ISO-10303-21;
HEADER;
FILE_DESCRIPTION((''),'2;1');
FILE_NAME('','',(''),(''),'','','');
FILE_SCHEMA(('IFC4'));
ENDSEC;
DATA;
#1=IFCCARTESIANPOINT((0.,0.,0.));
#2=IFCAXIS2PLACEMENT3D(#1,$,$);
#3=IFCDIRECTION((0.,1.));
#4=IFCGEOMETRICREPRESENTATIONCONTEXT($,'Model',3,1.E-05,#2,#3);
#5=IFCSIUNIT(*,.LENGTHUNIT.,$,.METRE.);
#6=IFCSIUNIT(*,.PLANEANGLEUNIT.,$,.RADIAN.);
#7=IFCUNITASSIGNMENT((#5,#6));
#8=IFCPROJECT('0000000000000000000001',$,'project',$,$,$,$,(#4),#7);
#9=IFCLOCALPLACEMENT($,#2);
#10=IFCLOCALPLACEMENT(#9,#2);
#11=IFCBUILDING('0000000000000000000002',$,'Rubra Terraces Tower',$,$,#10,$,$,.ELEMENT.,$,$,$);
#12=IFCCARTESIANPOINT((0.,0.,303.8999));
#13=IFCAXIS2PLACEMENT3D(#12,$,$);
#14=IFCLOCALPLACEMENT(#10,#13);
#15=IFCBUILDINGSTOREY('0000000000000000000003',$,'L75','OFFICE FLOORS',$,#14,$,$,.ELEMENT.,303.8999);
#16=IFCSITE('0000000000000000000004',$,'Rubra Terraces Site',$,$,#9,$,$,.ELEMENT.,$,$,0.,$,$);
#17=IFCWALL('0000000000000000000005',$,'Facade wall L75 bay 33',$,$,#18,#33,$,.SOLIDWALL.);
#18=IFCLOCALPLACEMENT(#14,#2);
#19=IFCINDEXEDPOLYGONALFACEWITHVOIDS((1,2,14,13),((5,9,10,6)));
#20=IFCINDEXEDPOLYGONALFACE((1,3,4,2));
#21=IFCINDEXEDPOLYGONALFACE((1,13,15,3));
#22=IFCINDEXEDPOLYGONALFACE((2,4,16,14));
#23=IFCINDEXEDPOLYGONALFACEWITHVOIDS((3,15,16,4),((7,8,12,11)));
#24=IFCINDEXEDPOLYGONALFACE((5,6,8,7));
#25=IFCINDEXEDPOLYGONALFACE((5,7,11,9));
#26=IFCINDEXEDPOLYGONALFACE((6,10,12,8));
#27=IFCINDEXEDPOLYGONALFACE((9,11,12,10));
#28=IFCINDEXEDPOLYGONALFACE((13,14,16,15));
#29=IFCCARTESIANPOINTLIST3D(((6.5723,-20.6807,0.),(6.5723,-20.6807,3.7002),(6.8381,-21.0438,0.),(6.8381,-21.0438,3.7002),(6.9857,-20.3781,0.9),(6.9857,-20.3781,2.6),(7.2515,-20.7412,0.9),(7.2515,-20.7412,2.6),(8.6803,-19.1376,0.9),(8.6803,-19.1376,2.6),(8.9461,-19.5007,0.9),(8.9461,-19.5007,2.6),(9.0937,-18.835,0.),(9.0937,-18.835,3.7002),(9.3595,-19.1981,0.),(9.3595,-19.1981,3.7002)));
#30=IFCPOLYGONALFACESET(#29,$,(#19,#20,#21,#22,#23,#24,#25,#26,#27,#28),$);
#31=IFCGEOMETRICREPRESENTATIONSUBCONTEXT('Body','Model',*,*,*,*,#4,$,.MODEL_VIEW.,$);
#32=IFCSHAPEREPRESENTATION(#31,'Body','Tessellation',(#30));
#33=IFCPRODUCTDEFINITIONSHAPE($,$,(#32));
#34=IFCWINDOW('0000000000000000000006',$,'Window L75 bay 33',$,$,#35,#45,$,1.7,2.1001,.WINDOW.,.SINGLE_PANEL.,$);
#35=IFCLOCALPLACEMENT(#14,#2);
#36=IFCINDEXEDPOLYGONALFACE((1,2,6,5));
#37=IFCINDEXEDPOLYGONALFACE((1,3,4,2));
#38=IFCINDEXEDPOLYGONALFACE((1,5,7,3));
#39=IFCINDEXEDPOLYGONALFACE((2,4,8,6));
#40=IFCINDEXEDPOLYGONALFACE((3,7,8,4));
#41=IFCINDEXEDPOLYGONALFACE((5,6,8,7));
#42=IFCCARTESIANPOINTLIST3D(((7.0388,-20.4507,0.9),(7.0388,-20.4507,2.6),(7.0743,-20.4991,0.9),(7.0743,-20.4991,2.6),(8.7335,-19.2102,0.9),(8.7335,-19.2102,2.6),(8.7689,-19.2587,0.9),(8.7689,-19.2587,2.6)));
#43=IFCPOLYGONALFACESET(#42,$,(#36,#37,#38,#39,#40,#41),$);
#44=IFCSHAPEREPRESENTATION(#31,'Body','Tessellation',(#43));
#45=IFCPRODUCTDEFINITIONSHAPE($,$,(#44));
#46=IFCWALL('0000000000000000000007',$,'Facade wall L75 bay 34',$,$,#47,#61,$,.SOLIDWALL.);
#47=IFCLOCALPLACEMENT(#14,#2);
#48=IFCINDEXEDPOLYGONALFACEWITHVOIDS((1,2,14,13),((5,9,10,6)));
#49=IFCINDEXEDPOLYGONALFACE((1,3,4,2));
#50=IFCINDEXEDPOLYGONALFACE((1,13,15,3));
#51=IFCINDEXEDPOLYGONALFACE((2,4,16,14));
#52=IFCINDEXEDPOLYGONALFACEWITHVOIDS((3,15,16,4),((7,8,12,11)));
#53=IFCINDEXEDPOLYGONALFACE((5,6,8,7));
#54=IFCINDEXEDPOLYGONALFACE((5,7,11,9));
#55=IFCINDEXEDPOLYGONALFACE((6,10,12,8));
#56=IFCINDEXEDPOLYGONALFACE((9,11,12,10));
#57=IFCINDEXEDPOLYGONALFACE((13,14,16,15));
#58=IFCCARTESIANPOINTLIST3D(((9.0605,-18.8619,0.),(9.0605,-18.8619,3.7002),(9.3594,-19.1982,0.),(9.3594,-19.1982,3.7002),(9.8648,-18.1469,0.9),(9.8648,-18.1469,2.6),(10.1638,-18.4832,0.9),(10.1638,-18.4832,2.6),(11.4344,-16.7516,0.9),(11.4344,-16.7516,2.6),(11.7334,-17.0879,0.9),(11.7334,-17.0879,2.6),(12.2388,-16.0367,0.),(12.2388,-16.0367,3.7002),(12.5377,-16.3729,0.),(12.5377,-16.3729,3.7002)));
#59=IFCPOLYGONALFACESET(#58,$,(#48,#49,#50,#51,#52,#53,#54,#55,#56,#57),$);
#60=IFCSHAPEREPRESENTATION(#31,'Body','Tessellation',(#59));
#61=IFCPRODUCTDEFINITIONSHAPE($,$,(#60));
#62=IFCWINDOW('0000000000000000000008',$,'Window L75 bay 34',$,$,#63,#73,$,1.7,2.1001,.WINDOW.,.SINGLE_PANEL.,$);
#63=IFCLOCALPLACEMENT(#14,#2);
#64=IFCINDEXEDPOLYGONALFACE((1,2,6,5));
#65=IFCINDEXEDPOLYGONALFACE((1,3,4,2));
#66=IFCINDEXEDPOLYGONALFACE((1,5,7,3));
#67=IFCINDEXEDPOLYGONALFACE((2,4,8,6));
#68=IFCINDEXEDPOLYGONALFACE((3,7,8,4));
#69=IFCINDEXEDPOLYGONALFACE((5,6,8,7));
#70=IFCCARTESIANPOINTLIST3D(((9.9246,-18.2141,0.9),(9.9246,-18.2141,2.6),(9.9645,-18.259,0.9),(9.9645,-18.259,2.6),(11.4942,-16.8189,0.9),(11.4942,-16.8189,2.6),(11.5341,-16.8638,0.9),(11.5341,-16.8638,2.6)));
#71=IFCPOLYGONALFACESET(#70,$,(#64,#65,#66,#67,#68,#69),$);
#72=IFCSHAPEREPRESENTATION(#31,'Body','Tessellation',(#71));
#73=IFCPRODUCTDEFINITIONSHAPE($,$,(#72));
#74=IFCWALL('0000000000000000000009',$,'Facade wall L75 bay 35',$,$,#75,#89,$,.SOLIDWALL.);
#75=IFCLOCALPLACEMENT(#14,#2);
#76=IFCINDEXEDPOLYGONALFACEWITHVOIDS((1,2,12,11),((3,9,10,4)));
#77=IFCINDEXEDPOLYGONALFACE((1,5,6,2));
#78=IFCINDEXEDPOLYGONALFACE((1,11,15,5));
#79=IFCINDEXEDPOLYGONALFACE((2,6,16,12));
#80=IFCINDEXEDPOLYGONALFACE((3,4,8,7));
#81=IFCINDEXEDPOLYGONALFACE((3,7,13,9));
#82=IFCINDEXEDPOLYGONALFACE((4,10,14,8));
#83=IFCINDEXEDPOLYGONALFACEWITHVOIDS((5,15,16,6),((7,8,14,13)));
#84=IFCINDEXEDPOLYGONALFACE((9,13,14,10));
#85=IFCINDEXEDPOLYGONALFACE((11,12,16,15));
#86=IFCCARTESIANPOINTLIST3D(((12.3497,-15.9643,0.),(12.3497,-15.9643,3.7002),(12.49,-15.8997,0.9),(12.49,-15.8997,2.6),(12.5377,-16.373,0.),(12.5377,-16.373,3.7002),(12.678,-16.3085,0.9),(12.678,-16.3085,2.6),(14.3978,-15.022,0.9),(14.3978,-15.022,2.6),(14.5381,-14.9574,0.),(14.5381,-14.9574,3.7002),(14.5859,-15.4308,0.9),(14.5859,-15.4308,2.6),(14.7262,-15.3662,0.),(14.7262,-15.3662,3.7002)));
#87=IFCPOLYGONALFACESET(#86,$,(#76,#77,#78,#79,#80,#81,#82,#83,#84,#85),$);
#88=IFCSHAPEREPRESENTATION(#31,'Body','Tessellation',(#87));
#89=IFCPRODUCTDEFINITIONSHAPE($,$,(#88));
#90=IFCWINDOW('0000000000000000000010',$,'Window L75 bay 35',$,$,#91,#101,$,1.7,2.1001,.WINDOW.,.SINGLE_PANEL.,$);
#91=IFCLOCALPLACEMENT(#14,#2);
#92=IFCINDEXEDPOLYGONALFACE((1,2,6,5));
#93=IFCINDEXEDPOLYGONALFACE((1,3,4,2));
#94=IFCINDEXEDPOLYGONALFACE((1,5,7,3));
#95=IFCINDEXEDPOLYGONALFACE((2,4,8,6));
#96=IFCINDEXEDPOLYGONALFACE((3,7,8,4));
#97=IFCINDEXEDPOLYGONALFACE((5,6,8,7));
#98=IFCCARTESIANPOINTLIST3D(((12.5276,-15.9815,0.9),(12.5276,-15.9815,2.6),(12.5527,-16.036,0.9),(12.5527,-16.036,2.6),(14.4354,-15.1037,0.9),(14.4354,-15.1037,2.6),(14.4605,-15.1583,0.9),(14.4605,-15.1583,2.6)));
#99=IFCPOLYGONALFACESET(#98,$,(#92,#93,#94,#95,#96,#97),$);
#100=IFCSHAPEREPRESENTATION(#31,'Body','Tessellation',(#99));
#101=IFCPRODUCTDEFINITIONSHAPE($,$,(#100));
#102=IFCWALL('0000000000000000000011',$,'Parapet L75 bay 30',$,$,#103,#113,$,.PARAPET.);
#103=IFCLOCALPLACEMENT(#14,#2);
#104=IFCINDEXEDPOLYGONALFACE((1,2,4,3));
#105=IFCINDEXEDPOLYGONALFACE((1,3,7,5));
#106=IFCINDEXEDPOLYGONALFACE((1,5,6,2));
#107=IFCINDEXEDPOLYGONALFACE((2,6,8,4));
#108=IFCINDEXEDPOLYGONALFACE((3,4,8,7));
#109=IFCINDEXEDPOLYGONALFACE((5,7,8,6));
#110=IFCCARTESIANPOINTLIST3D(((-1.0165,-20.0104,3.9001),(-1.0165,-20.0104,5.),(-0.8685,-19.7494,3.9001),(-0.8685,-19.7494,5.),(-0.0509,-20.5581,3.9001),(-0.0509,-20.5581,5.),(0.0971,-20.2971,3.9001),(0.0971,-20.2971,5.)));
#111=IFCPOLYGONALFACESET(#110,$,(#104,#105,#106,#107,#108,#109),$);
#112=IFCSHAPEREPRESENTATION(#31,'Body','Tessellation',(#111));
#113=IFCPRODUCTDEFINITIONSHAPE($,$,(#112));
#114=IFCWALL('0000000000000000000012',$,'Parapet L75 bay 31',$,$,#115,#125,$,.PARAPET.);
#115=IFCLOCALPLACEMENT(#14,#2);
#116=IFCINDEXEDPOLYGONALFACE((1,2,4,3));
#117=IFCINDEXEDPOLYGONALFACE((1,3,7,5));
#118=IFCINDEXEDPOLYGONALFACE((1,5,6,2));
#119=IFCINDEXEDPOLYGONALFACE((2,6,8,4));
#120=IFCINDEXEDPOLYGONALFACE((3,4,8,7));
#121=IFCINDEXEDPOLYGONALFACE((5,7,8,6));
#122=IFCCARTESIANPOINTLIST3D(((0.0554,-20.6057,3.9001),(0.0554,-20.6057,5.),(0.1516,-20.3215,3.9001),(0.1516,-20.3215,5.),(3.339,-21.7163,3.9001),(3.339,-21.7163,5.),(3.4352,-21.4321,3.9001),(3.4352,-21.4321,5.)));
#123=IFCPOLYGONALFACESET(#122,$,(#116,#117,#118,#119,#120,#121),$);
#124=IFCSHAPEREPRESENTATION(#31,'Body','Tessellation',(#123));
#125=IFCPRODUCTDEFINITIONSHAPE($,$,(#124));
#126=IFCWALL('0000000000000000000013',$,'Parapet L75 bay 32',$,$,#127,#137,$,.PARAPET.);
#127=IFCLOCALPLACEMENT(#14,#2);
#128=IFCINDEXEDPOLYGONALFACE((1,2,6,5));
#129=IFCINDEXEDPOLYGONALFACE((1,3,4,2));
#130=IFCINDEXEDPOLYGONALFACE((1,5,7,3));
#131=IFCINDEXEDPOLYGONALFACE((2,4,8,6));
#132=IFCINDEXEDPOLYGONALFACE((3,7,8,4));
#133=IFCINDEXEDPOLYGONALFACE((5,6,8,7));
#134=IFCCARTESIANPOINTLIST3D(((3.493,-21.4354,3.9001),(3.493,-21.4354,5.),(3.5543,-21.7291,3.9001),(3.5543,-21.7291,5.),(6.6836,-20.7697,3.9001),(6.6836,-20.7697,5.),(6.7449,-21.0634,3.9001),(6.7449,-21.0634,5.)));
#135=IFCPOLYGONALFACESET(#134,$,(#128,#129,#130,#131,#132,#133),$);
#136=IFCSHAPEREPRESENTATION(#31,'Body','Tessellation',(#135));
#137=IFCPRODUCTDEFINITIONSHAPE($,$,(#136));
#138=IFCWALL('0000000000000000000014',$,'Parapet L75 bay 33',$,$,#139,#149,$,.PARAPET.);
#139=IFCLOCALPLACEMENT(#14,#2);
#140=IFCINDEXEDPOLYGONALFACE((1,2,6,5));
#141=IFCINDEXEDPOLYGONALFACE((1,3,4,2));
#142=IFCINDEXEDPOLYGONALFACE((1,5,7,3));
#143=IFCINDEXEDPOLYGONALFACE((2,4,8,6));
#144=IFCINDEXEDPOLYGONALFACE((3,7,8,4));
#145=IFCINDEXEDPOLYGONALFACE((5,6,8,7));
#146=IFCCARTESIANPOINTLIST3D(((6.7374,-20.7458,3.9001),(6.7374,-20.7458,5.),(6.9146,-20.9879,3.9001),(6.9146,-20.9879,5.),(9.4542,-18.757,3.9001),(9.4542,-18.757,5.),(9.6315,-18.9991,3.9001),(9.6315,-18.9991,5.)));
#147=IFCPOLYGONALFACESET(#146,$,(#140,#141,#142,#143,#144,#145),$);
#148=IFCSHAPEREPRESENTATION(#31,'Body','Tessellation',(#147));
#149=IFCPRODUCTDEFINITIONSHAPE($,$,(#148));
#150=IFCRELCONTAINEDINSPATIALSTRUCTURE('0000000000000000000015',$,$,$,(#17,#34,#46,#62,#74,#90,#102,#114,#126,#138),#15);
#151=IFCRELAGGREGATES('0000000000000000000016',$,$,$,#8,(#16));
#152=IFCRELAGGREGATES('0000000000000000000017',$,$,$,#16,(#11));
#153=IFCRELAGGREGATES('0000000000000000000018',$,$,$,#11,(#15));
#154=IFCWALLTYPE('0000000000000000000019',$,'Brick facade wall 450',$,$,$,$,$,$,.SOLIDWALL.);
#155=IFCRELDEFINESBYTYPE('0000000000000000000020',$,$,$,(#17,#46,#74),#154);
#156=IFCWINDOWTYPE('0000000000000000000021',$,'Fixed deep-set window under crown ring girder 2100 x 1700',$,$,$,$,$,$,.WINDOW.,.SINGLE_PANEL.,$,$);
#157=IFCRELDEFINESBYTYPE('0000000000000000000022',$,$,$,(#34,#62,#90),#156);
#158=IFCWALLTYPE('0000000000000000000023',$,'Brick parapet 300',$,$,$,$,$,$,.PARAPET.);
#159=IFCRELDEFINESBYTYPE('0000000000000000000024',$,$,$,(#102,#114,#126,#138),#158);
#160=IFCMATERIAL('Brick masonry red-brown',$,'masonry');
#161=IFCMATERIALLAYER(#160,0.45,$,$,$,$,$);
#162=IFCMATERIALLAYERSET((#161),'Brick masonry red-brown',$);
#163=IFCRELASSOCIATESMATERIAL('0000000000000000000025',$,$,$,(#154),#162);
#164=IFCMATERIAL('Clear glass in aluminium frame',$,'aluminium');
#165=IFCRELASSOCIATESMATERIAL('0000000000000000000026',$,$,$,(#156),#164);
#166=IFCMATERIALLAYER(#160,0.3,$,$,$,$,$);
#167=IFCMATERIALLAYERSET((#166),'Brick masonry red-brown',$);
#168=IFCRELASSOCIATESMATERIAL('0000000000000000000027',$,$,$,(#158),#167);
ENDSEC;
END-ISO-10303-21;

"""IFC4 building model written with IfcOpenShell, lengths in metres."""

from ifc_helpers import new_model, si_unit, direction, frame, frame_2d, origin, place, context, subcontext, project, spatial, rectangle, extrude, material, layer, layer_set, type_object, element, fill, save


model = new_model("IFC4")

# Units and contexts
model_context = context("Model", 3, precision=1e-05, world=origin(), true_north=direction((0.0, 1.0)))
body_context = subcontext(model_context, "Body", "Model", "MODEL_VIEW")
ifc_project = project(units=[si_unit("LENGTHUNIT", "METRE"), si_unit("PLANEANGLEUNIT", "RADIAN")], contexts=[model_context])

# Site, building, storey
site_placement = place(None, origin())
site = spatial("IfcSite", under=ifc_project, at=site_placement, Name="Rubra Terraces Site", CompositionType="ELEMENT", RefElevation=0.0)
building_placement = place(site_placement, origin())
building = spatial("IfcBuilding", under=site, at=building_placement, Name="Rubra Terraces Tower", CompositionType="ELEMENT")
storey_placement = place(building_placement, frame((0.0, 0.0, 303.8999)))
storey = spatial("IfcBuildingStorey", under=building, at=storey_placement, Name="L75", Description="OFFICE FLOORS", CompositionType="ELEMENT", Elevation=303.8999)

# Walls, openings, windows
ifc_material_1 = material(Name="Brick masonry red-brown", Category="masonry")
ifc_layer_1 = layer(ifc_material_1, 0.45)
ifc_layer_set_1 = layer_set([ifc_layer_1], Name="Brick masonry red-brown")
wall_type_1 = type_object("IfcWallType", Name="Brick facade wall 450", PredefinedType="SOLIDWALL", material=ifc_layer_set_1)
ifc_material_2 = material(Name="Clear glass in aluminium frame", Category="aluminium")
window_type = type_object("IfcWindowType", Name="Fixed deep-set window under crown ring girder 2100 x 1700", PartitioningType="SINGLE_PANEL", PredefinedType="WINDOW", material=ifc_material_2)
wall_1_placement = place(storey_placement, frame((6.7051, -20.8623, 0.0), z_axis=(0.0, 0.0, 1.0), x_axis=(0.806921, 0.590659, 0.0)))
wall_1 = element("IfcWall", 1, at=wall_1_placement, inside=storey, type_object=wall_type_1, Name="Facade wall L75 bay 33", PredefinedType="SOLIDWALL", context=body_context, shape_type="SweptSolid", body=[
    extrude(rectangle(XDim=3.1248, YDim=0.45, at=frame_2d((1.5625, 0.0))), origin(), (0.0, 0.0, 1.0), 3.7002),
])
opening_1_placement = place(wall_1_placement, frame((0.5125, 0.0, 0.8999)))
opening_1 = element("IfcOpeningElement", 2, at=opening_1_placement, cuts=wall_1, PredefinedType="OPENING", context=body_context, shape_type="SweptSolid", body=[
    extrude(rectangle(XDim=2.1001, YDim=1.7, at=frame_2d((1.05, 0.8501))), frame((0.0, 0.2349, 0.0), z_axis=(0.0, -1.0, 0.0), x_axis=(1.0, 0.0, 0.0)), (0.0, 0.0, 1.0), 0.47),
])
window_1_placement = place(opening_1_placement, origin())
window_1 = element("IfcWindow", 3, at=window_1_placement, inside=storey, type_object=window_type, Name="Window L75 bay 33", OverallHeight=1.7, OverallWidth=2.1001, PartitioningType="SINGLE_PANEL", PredefinedType="WINDOW", context=body_context, shape_type="SweptSolid", body=[
    extrude(rectangle(XDim=2.1001, YDim=1.7, at=frame_2d((1.05, 0.8501))), frame((0.0, 0.135, 0.0), z_axis=(0.0, -1.0, 0.0), x_axis=(1.0, 0.0, 0.0)), (0.0, 0.0, 1.0), 0.0601),
])
fill(opening_1, window_1)
wall_2_placement = place(storey_placement, frame((9.21, -19.03, 0.0), z_axis=(0.0, 0.0, 1.0), x_axis=(0.747397, 0.664378, 0.0)))
wall_2 = element("IfcWall", 4, at=wall_2_placement, inside=storey, type_object=wall_type_1, Name="Facade wall L75 bay 34", PredefinedType="SOLIDWALL", context=body_context, shape_type="SweptSolid", body=[
    extrude(rectangle(XDim=4.2524, YDim=0.45, at=frame_2d((2.1262, 0.0))), origin(), (0.0, 0.0, 1.0), 3.7002),
])
opening_2_placement = place(wall_2_placement, frame((1.0762, 0.0, 0.8999)))
opening_2 = element("IfcOpeningElement", 5, at=opening_2_placement, cuts=wall_2, PredefinedType="OPENING", context=body_context, shape_type="SweptSolid", body=[
    extrude(rectangle(XDim=2.1001, YDim=1.7, at=frame_2d((1.05, 0.8501))), frame((0.0, 0.2349, 0.0), z_axis=(0.0, -1.0, 0.0), x_axis=(1.0, 0.0, 0.0)), (0.0, 0.0, 1.0), 0.47),
])
window_2_placement = place(opening_2_placement, origin())
window_2 = element("IfcWindow", 6, at=window_2_placement, inside=storey, type_object=window_type, Name="Window L75 bay 34", OverallHeight=1.7, OverallWidth=2.1001, PartitioningType="SINGLE_PANEL", PredefinedType="WINDOW", context=body_context, shape_type="SweptSolid", body=[
    extrude(rectangle(XDim=2.1001, YDim=1.7, at=frame_2d((1.05, 0.8501))), frame((0.0, 0.135, 0.0), z_axis=(0.0, -1.0, 0.0), x_axis=(1.0, 0.0, 0.0)), (0.0, 0.0, 1.0), 0.0601),
])
fill(opening_2, window_2)
wall_3_placement = place(storey_placement, frame((12.4436, -16.1687, 0.0), z_axis=(0.0, 0.0, 1.0), x_axis=(0.908469, 0.417952, 0.0)))
wall_3 = element("IfcWall", 7, at=wall_3_placement, inside=storey, type_object=wall_type_1, Name="Facade wall L75 bay 35", PredefinedType="SOLIDWALL", context=body_context, shape_type="SweptSolid", body=[
    extrude(rectangle(XDim=2.4089, YDim=0.45, at=frame_2d((1.2046, 0.0))), origin(), (0.0, 0.0, 1.0), 3.7002),
])
opening_3_placement = place(wall_3_placement, frame((0.1545, 0.0, 0.8999)))
opening_3 = element("IfcOpeningElement", 8, at=opening_3_placement, cuts=wall_3, PredefinedType="OPENING", context=body_context, shape_type="SweptSolid", body=[
    extrude(rectangle(XDim=2.1001, YDim=1.7, at=frame_2d((1.05, 0.8501))), frame((0.0, 0.2349, 0.0), z_axis=(0.0, -1.0, 0.0), x_axis=(1.0, 0.0, 0.0)), (0.0, 0.0, 1.0), 0.47),
])
window_3_placement = place(opening_3_placement, origin())
window_3 = element("IfcWindow", 9, at=window_3_placement, inside=storey, type_object=window_type, Name="Window L75 bay 35", OverallHeight=1.7, OverallWidth=2.1001, PartitioningType="SINGLE_PANEL", PredefinedType="WINDOW", context=body_context, shape_type="SweptSolid", body=[
    extrude(rectangle(XDim=2.1001, YDim=1.7, at=frame_2d((1.05, 0.8501))), frame((0.0, 0.135, 0.0), z_axis=(0.0, -1.0, 0.0), x_axis=(1.0, 0.0, 0.0)), (0.0, 0.0, 1.0), 0.0601),
])
fill(opening_3, window_3)

# Walls
ifc_layer_2 = layer(ifc_material_1, 0.3)
ifc_layer_set_2 = layer_set([ifc_layer_2], Name="Brick masonry red-brown")
wall_type_2 = type_object("IfcWallType", Name="Brick parapet 300", PredefinedType="PARAPET", material=ifc_layer_set_2)
wall_4_placement = place(storey_placement, frame((-0.9426, -19.8799, 3.9001), z_axis=(0.0, 0.0, 1.0), x_axis=(0.869849, -0.493318, 0.0)))
element("IfcWall", 10, at=wall_4_placement, inside=storey, type_object=wall_type_2, Name="Parapet L75 bay 30", PredefinedType="PARAPET", context=body_context, shape_type="SweptSolid", body=[
    extrude(rectangle(XDim=1.1101, YDim=0.3, at=frame_2d((0.5552, 0.0))), origin(), (0.0, 0.0, 1.0), 1.0999),
])
wall_5_placement = place(storey_placement, frame((0.1035, -20.4636, 3.9001), z_axis=(0.0, 0.0, 1.0), x_axis=(0.947287, -0.320387, 0.0)))
element("IfcWall", 11, at=wall_5_placement, inside=storey, type_object=wall_type_2, Name="Parapet L75 bay 31", PredefinedType="PARAPET", context=body_context, shape_type="SweptSolid", body=[
    extrude(rectangle(XDim=3.4663, YDim=0.3, at=frame_2d((1.7332, 0.0))), origin(), (0.0, 0.0, 1.0), 1.0999),
])
wall_6_placement = place(storey_placement, frame((3.5237, -21.5823, 3.9001), z_axis=(0.0, 0.0, 1.0), x_axis=(0.978916, 0.204262, 0.0)))
element("IfcWall", 12, at=wall_6_placement, inside=storey, type_object=wall_type_2, Name="Parapet L75 bay 32", PredefinedType="PARAPET", context=body_context, shape_type="SweptSolid", body=[
    extrude(rectangle(XDim=3.2593, YDim=0.3, at=frame_2d((1.6296, 0.0))), origin(), (0.0, 0.0, 1.0), 1.0999),
])
wall_7_placement = place(storey_placement, frame((6.8259, -20.8669, 3.9001), z_axis=(0.0, 0.0, 1.0), x_axis=(0.806907, 0.590678, 0.0)))
element("IfcWall", 13, at=wall_7_placement, inside=storey, type_object=wall_type_2, Name="Parapet L75 bay 33", PredefinedType="PARAPET", context=body_context, shape_type="SweptSolid", body=[
    extrude(rectangle(XDim=3.3669, YDim=0.3, at=frame_2d((1.6836, 0.0))), origin(), (0.0, 0.0, 1.0), 1.0999),
])

save(model, "model.ifc")
